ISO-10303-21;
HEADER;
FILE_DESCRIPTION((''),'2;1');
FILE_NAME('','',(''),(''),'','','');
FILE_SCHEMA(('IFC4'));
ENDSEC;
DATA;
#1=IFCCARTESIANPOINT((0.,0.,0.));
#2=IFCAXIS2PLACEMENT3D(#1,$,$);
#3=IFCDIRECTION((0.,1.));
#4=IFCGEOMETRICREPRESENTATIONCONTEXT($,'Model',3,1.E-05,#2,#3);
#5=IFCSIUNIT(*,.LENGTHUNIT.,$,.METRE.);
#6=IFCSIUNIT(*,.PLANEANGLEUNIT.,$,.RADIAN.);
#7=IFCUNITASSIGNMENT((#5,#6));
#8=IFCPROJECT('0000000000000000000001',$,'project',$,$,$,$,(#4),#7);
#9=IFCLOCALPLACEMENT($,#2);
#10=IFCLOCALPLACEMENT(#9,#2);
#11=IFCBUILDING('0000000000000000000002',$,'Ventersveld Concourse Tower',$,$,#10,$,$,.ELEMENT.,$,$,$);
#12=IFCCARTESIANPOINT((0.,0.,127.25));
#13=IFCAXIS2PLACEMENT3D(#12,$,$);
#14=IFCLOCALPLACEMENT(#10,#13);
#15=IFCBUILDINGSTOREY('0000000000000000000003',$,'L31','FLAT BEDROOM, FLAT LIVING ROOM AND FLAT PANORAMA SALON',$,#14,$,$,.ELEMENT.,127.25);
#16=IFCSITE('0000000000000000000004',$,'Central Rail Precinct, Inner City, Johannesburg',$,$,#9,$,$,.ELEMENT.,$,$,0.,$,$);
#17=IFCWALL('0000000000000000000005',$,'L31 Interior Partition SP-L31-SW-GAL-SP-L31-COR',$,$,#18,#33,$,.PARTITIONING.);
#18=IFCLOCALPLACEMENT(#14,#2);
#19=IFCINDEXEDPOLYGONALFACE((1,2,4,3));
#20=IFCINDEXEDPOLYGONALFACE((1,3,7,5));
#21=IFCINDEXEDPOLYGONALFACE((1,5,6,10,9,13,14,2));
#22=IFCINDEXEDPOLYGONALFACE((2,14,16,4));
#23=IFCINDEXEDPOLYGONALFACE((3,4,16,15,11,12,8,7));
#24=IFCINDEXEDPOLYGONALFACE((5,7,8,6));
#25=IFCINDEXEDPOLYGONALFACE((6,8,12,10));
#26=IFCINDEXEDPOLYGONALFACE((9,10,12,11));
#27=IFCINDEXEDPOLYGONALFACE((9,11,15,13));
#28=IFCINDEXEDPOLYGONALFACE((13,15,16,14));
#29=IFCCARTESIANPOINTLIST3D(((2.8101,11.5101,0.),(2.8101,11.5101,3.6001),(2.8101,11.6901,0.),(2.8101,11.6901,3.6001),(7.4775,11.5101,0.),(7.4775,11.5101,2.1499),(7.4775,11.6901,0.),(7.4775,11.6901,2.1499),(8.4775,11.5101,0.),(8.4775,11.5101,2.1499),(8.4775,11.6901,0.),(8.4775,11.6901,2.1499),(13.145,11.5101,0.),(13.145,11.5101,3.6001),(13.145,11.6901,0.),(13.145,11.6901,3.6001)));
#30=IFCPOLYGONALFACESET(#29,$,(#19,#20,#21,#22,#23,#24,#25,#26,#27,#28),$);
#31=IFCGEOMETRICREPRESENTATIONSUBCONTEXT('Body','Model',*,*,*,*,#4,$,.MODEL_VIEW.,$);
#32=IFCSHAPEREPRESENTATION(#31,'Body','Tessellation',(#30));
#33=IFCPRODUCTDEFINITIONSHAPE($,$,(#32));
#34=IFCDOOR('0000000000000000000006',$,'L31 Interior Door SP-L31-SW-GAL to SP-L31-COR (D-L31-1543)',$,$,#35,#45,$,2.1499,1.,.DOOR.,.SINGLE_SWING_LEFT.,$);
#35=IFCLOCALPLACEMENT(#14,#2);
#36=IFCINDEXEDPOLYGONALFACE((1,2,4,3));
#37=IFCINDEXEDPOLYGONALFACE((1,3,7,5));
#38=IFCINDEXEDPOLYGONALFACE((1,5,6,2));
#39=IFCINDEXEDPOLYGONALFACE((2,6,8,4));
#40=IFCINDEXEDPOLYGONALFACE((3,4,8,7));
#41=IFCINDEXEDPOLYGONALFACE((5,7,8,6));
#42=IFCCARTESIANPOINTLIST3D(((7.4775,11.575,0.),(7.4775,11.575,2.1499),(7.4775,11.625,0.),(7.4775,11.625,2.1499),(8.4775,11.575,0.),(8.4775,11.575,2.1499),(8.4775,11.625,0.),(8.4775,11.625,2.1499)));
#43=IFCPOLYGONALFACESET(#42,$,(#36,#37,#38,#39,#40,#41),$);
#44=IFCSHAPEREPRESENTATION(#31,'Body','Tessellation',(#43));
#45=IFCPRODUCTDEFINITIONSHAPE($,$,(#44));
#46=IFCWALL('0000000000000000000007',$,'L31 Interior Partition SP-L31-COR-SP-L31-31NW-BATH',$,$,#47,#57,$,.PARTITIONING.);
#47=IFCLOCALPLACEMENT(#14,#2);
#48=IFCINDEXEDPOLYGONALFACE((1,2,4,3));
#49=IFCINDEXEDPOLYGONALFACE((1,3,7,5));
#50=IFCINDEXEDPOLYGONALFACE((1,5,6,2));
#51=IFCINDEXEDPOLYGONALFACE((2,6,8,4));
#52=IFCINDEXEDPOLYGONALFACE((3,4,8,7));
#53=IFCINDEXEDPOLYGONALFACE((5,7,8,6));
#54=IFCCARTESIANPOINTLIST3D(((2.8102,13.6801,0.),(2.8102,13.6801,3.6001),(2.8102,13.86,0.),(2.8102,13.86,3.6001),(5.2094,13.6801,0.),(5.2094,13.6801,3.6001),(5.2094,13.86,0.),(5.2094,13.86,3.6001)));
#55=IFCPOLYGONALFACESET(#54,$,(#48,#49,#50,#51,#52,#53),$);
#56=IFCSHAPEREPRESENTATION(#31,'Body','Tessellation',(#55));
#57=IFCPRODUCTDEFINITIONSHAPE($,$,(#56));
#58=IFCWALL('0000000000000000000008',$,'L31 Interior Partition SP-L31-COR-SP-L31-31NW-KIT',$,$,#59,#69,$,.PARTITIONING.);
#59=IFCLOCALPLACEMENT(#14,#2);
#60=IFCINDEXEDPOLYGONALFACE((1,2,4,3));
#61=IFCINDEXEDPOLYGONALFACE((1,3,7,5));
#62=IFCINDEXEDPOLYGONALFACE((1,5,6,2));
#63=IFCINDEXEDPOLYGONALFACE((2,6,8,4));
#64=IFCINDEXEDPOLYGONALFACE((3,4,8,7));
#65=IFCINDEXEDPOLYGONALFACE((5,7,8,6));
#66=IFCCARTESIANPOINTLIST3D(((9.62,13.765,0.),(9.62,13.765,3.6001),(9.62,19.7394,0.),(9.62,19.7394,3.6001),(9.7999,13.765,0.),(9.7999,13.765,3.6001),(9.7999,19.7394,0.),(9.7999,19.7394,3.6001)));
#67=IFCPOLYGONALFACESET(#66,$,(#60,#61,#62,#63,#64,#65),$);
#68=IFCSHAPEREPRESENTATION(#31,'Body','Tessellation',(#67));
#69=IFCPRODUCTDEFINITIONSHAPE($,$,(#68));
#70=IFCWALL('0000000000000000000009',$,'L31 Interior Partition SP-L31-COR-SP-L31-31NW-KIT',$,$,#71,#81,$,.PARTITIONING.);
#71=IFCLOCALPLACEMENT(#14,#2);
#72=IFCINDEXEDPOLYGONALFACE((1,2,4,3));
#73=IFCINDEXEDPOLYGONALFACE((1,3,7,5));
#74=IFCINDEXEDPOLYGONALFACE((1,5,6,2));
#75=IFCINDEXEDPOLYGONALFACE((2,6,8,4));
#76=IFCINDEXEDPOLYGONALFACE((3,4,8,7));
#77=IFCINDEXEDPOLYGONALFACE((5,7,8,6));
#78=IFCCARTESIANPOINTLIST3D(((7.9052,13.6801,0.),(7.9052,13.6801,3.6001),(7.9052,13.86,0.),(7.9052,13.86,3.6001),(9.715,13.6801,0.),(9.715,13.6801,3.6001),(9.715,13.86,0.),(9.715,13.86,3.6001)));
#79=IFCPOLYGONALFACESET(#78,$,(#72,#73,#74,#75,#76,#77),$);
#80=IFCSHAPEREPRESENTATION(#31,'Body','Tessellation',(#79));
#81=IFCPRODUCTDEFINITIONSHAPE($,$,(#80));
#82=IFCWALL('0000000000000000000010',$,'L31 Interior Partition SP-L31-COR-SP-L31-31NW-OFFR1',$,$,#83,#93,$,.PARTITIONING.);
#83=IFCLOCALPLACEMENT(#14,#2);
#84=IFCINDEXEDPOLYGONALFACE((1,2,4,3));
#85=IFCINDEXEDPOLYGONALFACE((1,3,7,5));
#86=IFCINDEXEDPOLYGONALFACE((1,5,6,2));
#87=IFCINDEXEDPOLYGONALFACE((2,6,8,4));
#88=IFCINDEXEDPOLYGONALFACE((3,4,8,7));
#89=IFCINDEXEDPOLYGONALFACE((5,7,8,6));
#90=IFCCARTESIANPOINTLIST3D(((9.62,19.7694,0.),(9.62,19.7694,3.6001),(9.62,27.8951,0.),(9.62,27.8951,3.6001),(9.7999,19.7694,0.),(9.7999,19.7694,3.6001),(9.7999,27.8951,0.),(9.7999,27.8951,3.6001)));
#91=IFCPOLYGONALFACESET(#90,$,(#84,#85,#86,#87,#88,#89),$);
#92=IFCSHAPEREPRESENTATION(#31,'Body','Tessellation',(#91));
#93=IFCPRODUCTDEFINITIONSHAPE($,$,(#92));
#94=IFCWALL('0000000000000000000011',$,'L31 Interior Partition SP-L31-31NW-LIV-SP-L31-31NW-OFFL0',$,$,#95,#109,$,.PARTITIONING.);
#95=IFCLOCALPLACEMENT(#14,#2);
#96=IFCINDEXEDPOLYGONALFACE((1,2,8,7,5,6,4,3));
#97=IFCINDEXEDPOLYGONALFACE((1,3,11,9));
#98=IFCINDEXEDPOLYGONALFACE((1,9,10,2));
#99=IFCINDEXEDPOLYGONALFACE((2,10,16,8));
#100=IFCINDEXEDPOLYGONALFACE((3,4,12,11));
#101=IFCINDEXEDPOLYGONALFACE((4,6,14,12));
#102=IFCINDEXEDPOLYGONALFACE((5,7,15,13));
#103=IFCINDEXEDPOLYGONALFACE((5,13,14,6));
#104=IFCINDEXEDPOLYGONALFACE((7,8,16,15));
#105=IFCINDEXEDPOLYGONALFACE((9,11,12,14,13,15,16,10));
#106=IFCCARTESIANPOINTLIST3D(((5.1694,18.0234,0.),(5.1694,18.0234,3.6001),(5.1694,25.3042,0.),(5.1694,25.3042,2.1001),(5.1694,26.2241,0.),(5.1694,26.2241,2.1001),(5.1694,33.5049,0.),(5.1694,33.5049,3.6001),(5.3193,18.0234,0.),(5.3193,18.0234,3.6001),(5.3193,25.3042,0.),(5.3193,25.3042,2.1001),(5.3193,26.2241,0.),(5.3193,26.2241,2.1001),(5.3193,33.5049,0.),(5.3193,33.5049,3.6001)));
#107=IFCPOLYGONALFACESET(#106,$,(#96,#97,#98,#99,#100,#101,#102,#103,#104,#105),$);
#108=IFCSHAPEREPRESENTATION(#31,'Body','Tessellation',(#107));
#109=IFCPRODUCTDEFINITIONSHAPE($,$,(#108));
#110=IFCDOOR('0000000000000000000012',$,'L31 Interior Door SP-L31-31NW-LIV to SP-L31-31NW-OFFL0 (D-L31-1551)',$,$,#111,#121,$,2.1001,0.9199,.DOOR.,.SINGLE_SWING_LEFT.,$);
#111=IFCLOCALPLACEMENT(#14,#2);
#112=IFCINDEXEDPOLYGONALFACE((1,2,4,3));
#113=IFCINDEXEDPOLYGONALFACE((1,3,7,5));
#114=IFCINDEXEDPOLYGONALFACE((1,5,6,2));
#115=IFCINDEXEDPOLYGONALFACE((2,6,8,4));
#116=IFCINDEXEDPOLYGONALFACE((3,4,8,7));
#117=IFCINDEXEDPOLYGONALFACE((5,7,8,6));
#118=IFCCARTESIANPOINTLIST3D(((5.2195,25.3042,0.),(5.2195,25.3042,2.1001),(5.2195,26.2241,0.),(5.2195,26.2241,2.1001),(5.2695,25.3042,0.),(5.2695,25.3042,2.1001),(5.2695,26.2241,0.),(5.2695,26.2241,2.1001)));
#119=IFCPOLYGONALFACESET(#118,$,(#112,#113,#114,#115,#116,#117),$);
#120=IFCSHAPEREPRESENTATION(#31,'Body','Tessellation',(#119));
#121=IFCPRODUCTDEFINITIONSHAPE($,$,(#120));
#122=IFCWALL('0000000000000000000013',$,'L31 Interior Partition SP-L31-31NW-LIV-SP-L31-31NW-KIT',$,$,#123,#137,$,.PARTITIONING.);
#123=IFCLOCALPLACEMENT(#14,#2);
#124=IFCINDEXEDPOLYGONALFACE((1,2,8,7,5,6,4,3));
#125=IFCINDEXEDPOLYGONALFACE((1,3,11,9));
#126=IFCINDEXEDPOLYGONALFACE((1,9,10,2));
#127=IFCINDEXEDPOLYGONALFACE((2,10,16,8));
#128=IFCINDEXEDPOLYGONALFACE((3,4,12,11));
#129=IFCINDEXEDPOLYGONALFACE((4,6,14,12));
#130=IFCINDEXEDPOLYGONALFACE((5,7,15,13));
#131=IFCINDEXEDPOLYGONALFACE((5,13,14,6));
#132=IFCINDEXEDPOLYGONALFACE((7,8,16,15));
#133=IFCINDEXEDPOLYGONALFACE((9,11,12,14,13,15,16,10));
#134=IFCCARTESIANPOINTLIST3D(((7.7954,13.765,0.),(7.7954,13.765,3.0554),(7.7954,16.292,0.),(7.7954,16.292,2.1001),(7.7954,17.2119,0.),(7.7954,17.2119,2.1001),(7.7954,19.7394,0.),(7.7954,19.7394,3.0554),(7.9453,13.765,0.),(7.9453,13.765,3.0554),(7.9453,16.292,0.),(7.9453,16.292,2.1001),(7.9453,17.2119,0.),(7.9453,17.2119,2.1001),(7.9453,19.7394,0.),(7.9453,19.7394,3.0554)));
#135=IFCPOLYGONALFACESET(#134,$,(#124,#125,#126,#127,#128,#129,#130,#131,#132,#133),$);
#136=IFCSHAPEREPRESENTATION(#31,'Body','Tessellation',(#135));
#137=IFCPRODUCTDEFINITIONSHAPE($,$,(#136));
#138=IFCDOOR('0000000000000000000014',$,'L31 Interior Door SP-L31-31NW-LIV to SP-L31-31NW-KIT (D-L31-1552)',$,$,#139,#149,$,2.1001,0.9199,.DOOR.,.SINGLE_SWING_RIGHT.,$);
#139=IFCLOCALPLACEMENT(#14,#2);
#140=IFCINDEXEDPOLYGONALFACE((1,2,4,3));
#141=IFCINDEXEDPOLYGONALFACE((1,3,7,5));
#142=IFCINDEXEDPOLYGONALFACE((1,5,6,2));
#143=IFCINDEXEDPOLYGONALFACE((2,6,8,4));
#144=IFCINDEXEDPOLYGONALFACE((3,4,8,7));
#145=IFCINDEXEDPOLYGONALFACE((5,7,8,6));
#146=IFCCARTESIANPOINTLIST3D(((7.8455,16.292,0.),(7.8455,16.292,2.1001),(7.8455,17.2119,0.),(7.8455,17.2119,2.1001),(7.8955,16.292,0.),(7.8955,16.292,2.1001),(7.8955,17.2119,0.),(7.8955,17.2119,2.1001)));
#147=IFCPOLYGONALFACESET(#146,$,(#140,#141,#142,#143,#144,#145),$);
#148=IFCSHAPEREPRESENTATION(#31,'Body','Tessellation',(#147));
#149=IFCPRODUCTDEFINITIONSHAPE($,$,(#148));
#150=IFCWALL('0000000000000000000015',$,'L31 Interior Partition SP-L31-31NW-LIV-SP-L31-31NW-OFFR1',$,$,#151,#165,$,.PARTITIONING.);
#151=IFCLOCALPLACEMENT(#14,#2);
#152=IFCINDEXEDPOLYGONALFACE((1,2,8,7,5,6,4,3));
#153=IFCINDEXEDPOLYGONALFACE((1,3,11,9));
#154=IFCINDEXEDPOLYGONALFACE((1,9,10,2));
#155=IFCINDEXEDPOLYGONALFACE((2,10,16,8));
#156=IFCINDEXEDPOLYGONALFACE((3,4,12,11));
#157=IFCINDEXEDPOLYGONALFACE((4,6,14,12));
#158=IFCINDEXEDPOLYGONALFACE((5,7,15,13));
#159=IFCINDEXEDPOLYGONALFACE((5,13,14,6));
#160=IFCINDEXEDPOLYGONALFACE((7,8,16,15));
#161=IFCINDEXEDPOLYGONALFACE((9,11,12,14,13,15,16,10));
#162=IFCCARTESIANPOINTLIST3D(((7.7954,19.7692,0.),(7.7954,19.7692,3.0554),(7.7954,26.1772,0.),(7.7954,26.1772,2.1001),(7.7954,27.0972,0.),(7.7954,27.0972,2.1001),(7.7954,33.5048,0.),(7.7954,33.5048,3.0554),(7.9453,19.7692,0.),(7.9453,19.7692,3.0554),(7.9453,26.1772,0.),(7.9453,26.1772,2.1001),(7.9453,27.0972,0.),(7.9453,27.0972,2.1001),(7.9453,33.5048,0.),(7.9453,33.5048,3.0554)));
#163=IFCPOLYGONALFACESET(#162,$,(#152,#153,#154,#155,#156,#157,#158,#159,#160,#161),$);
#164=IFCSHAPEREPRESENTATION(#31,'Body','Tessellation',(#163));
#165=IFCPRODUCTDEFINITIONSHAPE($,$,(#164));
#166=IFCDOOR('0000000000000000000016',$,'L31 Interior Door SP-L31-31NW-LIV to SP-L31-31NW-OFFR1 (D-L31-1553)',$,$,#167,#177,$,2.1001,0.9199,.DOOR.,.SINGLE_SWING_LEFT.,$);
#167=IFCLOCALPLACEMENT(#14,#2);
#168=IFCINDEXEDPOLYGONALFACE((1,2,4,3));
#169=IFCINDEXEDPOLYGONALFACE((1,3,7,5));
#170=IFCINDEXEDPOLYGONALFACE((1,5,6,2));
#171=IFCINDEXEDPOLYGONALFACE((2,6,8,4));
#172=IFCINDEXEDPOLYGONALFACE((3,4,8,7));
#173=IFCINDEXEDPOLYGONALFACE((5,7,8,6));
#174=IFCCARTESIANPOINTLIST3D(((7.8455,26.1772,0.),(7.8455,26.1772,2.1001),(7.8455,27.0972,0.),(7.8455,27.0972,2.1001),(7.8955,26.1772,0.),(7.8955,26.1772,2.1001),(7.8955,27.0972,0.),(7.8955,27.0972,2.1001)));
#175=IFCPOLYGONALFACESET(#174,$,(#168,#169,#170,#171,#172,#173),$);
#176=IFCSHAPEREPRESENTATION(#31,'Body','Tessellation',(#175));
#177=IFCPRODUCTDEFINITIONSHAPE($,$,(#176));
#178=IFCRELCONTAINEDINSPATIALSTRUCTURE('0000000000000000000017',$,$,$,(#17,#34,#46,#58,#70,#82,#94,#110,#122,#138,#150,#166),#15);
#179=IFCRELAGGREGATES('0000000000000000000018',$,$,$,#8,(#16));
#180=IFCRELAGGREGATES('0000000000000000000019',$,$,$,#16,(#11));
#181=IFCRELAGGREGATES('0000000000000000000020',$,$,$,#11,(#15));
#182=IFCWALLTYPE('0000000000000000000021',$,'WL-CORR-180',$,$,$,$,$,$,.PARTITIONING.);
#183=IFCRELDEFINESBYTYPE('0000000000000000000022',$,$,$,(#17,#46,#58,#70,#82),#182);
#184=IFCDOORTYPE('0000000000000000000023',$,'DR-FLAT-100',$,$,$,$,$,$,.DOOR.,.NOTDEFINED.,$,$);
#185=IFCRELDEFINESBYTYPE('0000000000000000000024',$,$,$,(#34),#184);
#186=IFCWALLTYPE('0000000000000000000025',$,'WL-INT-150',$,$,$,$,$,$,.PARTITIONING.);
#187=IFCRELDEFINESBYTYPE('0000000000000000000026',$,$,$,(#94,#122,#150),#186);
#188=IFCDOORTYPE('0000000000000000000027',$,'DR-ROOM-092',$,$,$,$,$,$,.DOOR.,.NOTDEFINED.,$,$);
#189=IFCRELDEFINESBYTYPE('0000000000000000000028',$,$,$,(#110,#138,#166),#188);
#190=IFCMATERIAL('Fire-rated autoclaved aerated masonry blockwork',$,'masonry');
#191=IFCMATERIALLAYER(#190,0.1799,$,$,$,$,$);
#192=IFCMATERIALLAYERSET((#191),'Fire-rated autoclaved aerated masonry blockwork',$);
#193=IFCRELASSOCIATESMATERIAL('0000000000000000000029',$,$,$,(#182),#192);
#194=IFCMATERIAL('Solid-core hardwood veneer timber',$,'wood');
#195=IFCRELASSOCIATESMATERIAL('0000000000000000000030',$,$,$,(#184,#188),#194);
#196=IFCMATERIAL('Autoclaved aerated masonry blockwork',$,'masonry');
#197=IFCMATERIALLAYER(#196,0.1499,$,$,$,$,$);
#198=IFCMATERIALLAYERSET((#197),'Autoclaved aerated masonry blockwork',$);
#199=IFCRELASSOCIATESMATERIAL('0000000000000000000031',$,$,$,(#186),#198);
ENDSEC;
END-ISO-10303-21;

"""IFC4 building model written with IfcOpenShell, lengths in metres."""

from ifc_helpers import new_model, si_unit, direction, frame, frame_2d, origin, place, context, subcontext, project, spatial, rectangle, extrude, material, layer, layer_set, type_object, element, fill, save


model = new_model("IFC4")

# Units and contexts
model_context = context("Model", 3, precision=1e-05, world=origin(), true_north=direction((0.0, 1.0)))
body_context = subcontext(model_context, "Body", "Model", "MODEL_VIEW")
ifc_project = project(units=[si_unit("LENGTHUNIT", "METRE"), si_unit("PLANEANGLEUNIT", "RADIAN")], contexts=[model_context])

# Site, building, storey
site_placement = place(None, origin())
site = spatial("IfcSite", under=ifc_project, at=site_placement, Name="Central Rail Precinct, Inner City, Johannesburg", CompositionType="ELEMENT", RefElevation=0.0)
building_placement = place(site_placement, origin())
building = spatial("IfcBuilding", under=site, at=building_placement, Name="Ventersveld Concourse Tower", CompositionType="ELEMENT")
storey_placement = place(building_placement, frame((0.0, 0.0, 127.25)))
storey = spatial("IfcBuildingStorey", under=building, at=storey_placement, Name="L31", Description="FLAT BEDROOM, FLAT LIVING ROOM AND FLAT PANORAMA SALON", CompositionType="ELEMENT", Elevation=127.25)

# Wall, opening, door
ifc_material_1 = material(Name="Fire-rated autoclaved aerated masonry blockwork", Category="masonry")
ifc_layer_1 = layer(ifc_material_1, 0.1799)
ifc_layer_set_1 = layer_set([ifc_layer_1], Name="Fire-rated autoclaved aerated masonry blockwork")
wall_type_1 = type_object("IfcWallType", Name="WL-CORR-180", PredefinedType="PARTITIONING", material=ifc_layer_set_1)
wall_1_placement = place(storey_placement, frame((2.8101, 11.6001, 0.0), z_axis=(0.0, 0.0, 1.0), x_axis=(1.0, 0.0, 0.0)))
wall_1 = element("IfcWall", 1, at=wall_1_placement, inside=storey, type_object=wall_type_1, Name="L31 Interior Partition SP-L31-SW-GAL-SP-L31-COR", PredefinedType="PARTITIONING", context=body_context, shape_type="SweptSolid", body=[
    extrude(rectangle(XDim=10.335, YDim=0.1799, at=frame_2d((5.1675, 0.0))), origin(), (0.0, 0.0, 1.0), 3.6001),
])
opening_1_placement = place(wall_1_placement, frame((4.6675, 0.0, 0.0)))
opening_1 = element("IfcOpeningElement", 2, at=opening_1_placement, cuts=wall_1, PredefinedType="OPENING", context=body_context, shape_type="SweptSolid", body=[
    extrude(rectangle(XDim=1.0, YDim=2.1499, at=frame_2d((0.5, 1.075))), frame((0.0, 0.1001, 0.0), z_axis=(0.0, -1.0, 0.0), x_axis=(1.0, 0.0, 0.0)), (0.0, 0.0, 1.0), 0.2),
])
ifc_material_2 = material(Name="Solid-core hardwood veneer timber", Category="wood")
door_type_1 = type_object("IfcDoorType", Name="DR-FLAT-100", OperationType="NOTDEFINED", PredefinedType="DOOR", material=ifc_material_2)
door_1_placement = place(opening_1_placement, origin())
door_1 = element("IfcDoor", 3, at=door_1_placement, inside=storey, type_object=door_type_1, Name="L31 Interior Door SP-L31-SW-GAL to SP-L31-COR (D-L31-1543)", OperationType="SINGLE_SWING_LEFT", OverallHeight=2.1499, OverallWidth=1.0, PredefinedType="DOOR", context=body_context, shape_type="SweptSolid", body=[
    extrude(rectangle(XDim=1.0, YDim=2.1499, at=frame_2d((0.5, 1.075))), frame((0.0, 0.0249, 0.0), z_axis=(0.0, -1.0, 0.0), x_axis=(1.0, 0.0, 0.0)), (0.0, 0.0, 1.0), 0.05),
])
fill(opening_1, door_1)

# Walls
wall_2_placement = place(storey_placement, frame((2.8101, 13.77, 0.0), z_axis=(0.0, 0.0, 1.0), x_axis=(1.0, 0.0, 0.0)))
element("IfcWall", 4, at=wall_2_placement, inside=storey, type_object=wall_type_1, Name="L31 Interior Partition SP-L31-COR-SP-L31-31NW-BATH", PredefinedType="PARTITIONING", context=body_context, shape_type="SweptSolid", body=[
    extrude(rectangle(XDim=2.3992, YDim=0.1799, at=frame_2d((1.1997, 0.0))), origin(), (0.0, 0.0, 1.0), 3.6001),
])
wall_3_placement = place(storey_placement, frame((9.71, 13.7649, 0.0), z_axis=(0.0, 0.0, 1.0), x_axis=(0.0, 1.0, 0.0)))
element("IfcWall", 5, at=wall_3_placement, inside=storey, type_object=wall_type_1, Name="L31 Interior Partition SP-L31-COR-SP-L31-31NW-KIT", PredefinedType="PARTITIONING", context=body_context, shape_type="SweptSolid", body=[
    extrude(rectangle(XDim=5.9744, YDim=0.1799, at=frame_2d((2.9873, 0.0))), origin(), (0.0, 0.0, 1.0), 3.6001),
])
wall_4_placement = place(storey_placement, frame((7.9053, 13.77, 0.0), z_axis=(0.0, 0.0, 1.0), x_axis=(1.0, 0.0, 0.0)))
element("IfcWall", 6, at=wall_4_placement, inside=storey, type_object=wall_type_1, Name="L31 Interior Partition SP-L31-COR-SP-L31-31NW-KIT", PredefinedType="PARTITIONING", context=body_context, shape_type="SweptSolid", body=[
    extrude(rectangle(XDim=1.8098, YDim=0.1799, at=frame_2d((0.9048, 0.0))), origin(), (0.0, 0.0, 1.0), 3.6001),
])
wall_5_placement = place(storey_placement, frame((9.71, 19.7693, 0.0), z_axis=(0.0, 0.0, 1.0), x_axis=(0.0, 1.0, 0.0)))
element("IfcWall", 7, at=wall_5_placement, inside=storey, type_object=wall_type_1, Name="L31 Interior Partition SP-L31-COR-SP-L31-31NW-OFFR1", PredefinedType="PARTITIONING", context=body_context, shape_type="SweptSolid", body=[
    extrude(rectangle(XDim=8.1257, YDim=0.1799, at=frame_2d((4.063, 0.0))), origin(), (0.0, 0.0, 1.0), 3.6001),
])

# Walls, openings, doors
ifc_material_3 = material(Name="Autoclaved aerated masonry blockwork", Category="masonry")
ifc_layer_2 = layer(ifc_material_3, 0.1499)
ifc_layer_set_2 = layer_set([ifc_layer_2], Name="Autoclaved aerated masonry blockwork")
wall_type_2 = type_object("IfcWallType", Name="WL-INT-150", PredefinedType="PARTITIONING", material=ifc_layer_set_2)
wall_6_placement = place(storey_placement, frame((5.2444, 18.0234, 0.0), z_axis=(0.0, 0.0, 1.0), x_axis=(0.0, 1.0, 0.0)))
wall_6 = element("IfcWall", 8, at=wall_6_placement, inside=storey, type_object=wall_type_2, Name="L31 Interior Partition SP-L31-31NW-LIV-SP-L31-31NW-OFFL0", PredefinedType="PARTITIONING", context=body_context, shape_type="SweptSolid", body=[
    extrude(rectangle(XDim=15.4814, YDim=0.1499, at=frame_2d((7.7407, 0.0))), origin(), (0.0, 0.0, 1.0), 3.6001),
])
opening_2_placement = place(wall_6_placement, frame((7.2808, 0.0, 0.0)))
opening_2 = element("IfcOpeningElement", 9, at=opening_2_placement, cuts=wall_6, PredefinedType="OPENING", context=body_context, shape_type="SweptSolid", body=[
    extrude(rectangle(XDim=0.9199, YDim=2.1001, at=frame_2d((0.46, 1.05))), frame((0.0, 0.085, 0.0), z_axis=(0.0, -1.0, 0.0), x_axis=(1.0, 0.0, 0.0)), (0.0, 0.0, 1.0), 0.1699),
])
door_type_2 = type_object("IfcDoorType", Name="DR-ROOM-092", OperationType="NOTDEFINED", PredefinedType="DOOR", material=ifc_material_2)
door_2_placement = place(opening_2_placement, origin())
door_2 = element("IfcDoor", 10, at=door_2_placement, inside=storey, type_object=door_type_2, Name="L31 Interior Door SP-L31-31NW-LIV to SP-L31-31NW-OFFL0 (D-L31-1551)", OperationType="SINGLE_SWING_LEFT", OverallHeight=2.1001, OverallWidth=0.9199, PredefinedType="DOOR", context=body_context, shape_type="SweptSolid", body=[
    extrude(rectangle(XDim=0.9199, YDim=2.1001, at=frame_2d((0.46, 1.05))), frame((0.0, 0.0249, 0.0), z_axis=(0.0, -1.0, 0.0), x_axis=(1.0, 0.0, 0.0)), (0.0, 0.0, 1.0), 0.05),
])
fill(opening_2, door_2)
wall_7_placement = place(storey_placement, frame((7.8704, 13.7649, 0.0), z_axis=(0.0, 0.0, 1.0), x_axis=(0.0, 1.0, 0.0)))
wall_7 = element("IfcWall", 11, at=wall_7_placement, inside=storey, type_object=wall_type_2, Name="L31 Interior Partition SP-L31-31NW-LIV-SP-L31-31NW-KIT", PredefinedType="PARTITIONING", context=body_context, shape_type="SweptSolid", body=[
    extrude(rectangle(XDim=5.9744, YDim=0.1499, at=frame_2d((2.9873, 0.0))), origin(), (0.0, 0.0, 1.0), 3.0554),
])
opening_3_placement = place(wall_7_placement, frame((2.5271, 0.0, 0.0)))
opening_3 = element("IfcOpeningElement", 12, at=opening_3_placement, cuts=wall_7, PredefinedType="OPENING", context=body_context, shape_type="SweptSolid", body=[
    extrude(rectangle(XDim=0.9199, YDim=2.1001, at=frame_2d((0.46, 1.05))), frame((0.0, 0.085, 0.0), z_axis=(0.0, -1.0, 0.0), x_axis=(1.0, 0.0, 0.0)), (0.0, 0.0, 1.0), 0.1699),
])
door_3_placement = place(opening_3_placement, origin())
door_3 = element("IfcDoor", 13, at=door_3_placement, inside=storey, type_object=door_type_2, Name="L31 Interior Door SP-L31-31NW-LIV to SP-L31-31NW-KIT (D-L31-1552)", OperationType="SINGLE_SWING_RIGHT", OverallHeight=2.1001, OverallWidth=0.9199, PredefinedType="DOOR", context=body_context, shape_type="SweptSolid", body=[
    extrude(rectangle(XDim=0.9199, YDim=2.1001, at=frame_2d((0.46, 1.05))), frame((0.0, 0.0249, 0.0), z_axis=(0.0, -1.0, 0.0), x_axis=(1.0, 0.0, 0.0)), (0.0, 0.0, 1.0), 0.05),
])
fill(opening_3, door_3)
wall_8_placement = place(storey_placement, frame((7.8704, 19.7693, 0.0), z_axis=(0.0, 0.0, 1.0), x_axis=(0.0, 1.0, 0.0)))
wall_8 = element("IfcWall", 14, at=wall_8_placement, inside=storey, type_object=wall_type_2, Name="L31 Interior Partition SP-L31-31NW-LIV-SP-L31-31NW-OFFR1", PredefinedType="PARTITIONING", context=body_context, shape_type="SweptSolid", body=[
    extrude(rectangle(XDim=13.7356, YDim=0.1499, at=frame_2d((6.8677, 0.0))), origin(), (0.0, 0.0, 1.0), 3.0554),
])
opening_4_placement = place(wall_8_placement, frame((6.408, 0.0, 0.0)))
opening_4 = element("IfcOpeningElement", 15, at=opening_4_placement, cuts=wall_8, PredefinedType="OPENING", context=body_context, shape_type="SweptSolid", body=[
    extrude(rectangle(XDim=0.9199, YDim=2.1001, at=frame_2d((0.46, 1.05))), frame((0.0, 0.085, 0.0), z_axis=(0.0, -1.0, 0.0), x_axis=(1.0, 0.0, 0.0)), (0.0, 0.0, 1.0), 0.1699),
])
door_4_placement = place(opening_4_placement, origin())
door_4 = element("IfcDoor", 16, at=door_4_placement, inside=storey, type_object=door_type_2, Name="L31 Interior Door SP-L31-31NW-LIV to SP-L31-31NW-OFFR1 (D-L31-1553)", OperationType="SINGLE_SWING_LEFT", OverallHeight=2.1001, OverallWidth=0.9199, PredefinedType="DOOR", context=body_context, shape_type="SweptSolid", body=[
    extrude(rectangle(XDim=0.9199, YDim=2.1001, at=frame_2d((0.46, 1.05))), frame((0.0, 0.0249, 0.0), z_axis=(0.0, -1.0, 0.0), x_axis=(1.0, 0.0, 0.0)), (0.0, 0.0, 1.0), 0.05),
])
fill(opening_4, door_4)

save(model, "model.ifc")
